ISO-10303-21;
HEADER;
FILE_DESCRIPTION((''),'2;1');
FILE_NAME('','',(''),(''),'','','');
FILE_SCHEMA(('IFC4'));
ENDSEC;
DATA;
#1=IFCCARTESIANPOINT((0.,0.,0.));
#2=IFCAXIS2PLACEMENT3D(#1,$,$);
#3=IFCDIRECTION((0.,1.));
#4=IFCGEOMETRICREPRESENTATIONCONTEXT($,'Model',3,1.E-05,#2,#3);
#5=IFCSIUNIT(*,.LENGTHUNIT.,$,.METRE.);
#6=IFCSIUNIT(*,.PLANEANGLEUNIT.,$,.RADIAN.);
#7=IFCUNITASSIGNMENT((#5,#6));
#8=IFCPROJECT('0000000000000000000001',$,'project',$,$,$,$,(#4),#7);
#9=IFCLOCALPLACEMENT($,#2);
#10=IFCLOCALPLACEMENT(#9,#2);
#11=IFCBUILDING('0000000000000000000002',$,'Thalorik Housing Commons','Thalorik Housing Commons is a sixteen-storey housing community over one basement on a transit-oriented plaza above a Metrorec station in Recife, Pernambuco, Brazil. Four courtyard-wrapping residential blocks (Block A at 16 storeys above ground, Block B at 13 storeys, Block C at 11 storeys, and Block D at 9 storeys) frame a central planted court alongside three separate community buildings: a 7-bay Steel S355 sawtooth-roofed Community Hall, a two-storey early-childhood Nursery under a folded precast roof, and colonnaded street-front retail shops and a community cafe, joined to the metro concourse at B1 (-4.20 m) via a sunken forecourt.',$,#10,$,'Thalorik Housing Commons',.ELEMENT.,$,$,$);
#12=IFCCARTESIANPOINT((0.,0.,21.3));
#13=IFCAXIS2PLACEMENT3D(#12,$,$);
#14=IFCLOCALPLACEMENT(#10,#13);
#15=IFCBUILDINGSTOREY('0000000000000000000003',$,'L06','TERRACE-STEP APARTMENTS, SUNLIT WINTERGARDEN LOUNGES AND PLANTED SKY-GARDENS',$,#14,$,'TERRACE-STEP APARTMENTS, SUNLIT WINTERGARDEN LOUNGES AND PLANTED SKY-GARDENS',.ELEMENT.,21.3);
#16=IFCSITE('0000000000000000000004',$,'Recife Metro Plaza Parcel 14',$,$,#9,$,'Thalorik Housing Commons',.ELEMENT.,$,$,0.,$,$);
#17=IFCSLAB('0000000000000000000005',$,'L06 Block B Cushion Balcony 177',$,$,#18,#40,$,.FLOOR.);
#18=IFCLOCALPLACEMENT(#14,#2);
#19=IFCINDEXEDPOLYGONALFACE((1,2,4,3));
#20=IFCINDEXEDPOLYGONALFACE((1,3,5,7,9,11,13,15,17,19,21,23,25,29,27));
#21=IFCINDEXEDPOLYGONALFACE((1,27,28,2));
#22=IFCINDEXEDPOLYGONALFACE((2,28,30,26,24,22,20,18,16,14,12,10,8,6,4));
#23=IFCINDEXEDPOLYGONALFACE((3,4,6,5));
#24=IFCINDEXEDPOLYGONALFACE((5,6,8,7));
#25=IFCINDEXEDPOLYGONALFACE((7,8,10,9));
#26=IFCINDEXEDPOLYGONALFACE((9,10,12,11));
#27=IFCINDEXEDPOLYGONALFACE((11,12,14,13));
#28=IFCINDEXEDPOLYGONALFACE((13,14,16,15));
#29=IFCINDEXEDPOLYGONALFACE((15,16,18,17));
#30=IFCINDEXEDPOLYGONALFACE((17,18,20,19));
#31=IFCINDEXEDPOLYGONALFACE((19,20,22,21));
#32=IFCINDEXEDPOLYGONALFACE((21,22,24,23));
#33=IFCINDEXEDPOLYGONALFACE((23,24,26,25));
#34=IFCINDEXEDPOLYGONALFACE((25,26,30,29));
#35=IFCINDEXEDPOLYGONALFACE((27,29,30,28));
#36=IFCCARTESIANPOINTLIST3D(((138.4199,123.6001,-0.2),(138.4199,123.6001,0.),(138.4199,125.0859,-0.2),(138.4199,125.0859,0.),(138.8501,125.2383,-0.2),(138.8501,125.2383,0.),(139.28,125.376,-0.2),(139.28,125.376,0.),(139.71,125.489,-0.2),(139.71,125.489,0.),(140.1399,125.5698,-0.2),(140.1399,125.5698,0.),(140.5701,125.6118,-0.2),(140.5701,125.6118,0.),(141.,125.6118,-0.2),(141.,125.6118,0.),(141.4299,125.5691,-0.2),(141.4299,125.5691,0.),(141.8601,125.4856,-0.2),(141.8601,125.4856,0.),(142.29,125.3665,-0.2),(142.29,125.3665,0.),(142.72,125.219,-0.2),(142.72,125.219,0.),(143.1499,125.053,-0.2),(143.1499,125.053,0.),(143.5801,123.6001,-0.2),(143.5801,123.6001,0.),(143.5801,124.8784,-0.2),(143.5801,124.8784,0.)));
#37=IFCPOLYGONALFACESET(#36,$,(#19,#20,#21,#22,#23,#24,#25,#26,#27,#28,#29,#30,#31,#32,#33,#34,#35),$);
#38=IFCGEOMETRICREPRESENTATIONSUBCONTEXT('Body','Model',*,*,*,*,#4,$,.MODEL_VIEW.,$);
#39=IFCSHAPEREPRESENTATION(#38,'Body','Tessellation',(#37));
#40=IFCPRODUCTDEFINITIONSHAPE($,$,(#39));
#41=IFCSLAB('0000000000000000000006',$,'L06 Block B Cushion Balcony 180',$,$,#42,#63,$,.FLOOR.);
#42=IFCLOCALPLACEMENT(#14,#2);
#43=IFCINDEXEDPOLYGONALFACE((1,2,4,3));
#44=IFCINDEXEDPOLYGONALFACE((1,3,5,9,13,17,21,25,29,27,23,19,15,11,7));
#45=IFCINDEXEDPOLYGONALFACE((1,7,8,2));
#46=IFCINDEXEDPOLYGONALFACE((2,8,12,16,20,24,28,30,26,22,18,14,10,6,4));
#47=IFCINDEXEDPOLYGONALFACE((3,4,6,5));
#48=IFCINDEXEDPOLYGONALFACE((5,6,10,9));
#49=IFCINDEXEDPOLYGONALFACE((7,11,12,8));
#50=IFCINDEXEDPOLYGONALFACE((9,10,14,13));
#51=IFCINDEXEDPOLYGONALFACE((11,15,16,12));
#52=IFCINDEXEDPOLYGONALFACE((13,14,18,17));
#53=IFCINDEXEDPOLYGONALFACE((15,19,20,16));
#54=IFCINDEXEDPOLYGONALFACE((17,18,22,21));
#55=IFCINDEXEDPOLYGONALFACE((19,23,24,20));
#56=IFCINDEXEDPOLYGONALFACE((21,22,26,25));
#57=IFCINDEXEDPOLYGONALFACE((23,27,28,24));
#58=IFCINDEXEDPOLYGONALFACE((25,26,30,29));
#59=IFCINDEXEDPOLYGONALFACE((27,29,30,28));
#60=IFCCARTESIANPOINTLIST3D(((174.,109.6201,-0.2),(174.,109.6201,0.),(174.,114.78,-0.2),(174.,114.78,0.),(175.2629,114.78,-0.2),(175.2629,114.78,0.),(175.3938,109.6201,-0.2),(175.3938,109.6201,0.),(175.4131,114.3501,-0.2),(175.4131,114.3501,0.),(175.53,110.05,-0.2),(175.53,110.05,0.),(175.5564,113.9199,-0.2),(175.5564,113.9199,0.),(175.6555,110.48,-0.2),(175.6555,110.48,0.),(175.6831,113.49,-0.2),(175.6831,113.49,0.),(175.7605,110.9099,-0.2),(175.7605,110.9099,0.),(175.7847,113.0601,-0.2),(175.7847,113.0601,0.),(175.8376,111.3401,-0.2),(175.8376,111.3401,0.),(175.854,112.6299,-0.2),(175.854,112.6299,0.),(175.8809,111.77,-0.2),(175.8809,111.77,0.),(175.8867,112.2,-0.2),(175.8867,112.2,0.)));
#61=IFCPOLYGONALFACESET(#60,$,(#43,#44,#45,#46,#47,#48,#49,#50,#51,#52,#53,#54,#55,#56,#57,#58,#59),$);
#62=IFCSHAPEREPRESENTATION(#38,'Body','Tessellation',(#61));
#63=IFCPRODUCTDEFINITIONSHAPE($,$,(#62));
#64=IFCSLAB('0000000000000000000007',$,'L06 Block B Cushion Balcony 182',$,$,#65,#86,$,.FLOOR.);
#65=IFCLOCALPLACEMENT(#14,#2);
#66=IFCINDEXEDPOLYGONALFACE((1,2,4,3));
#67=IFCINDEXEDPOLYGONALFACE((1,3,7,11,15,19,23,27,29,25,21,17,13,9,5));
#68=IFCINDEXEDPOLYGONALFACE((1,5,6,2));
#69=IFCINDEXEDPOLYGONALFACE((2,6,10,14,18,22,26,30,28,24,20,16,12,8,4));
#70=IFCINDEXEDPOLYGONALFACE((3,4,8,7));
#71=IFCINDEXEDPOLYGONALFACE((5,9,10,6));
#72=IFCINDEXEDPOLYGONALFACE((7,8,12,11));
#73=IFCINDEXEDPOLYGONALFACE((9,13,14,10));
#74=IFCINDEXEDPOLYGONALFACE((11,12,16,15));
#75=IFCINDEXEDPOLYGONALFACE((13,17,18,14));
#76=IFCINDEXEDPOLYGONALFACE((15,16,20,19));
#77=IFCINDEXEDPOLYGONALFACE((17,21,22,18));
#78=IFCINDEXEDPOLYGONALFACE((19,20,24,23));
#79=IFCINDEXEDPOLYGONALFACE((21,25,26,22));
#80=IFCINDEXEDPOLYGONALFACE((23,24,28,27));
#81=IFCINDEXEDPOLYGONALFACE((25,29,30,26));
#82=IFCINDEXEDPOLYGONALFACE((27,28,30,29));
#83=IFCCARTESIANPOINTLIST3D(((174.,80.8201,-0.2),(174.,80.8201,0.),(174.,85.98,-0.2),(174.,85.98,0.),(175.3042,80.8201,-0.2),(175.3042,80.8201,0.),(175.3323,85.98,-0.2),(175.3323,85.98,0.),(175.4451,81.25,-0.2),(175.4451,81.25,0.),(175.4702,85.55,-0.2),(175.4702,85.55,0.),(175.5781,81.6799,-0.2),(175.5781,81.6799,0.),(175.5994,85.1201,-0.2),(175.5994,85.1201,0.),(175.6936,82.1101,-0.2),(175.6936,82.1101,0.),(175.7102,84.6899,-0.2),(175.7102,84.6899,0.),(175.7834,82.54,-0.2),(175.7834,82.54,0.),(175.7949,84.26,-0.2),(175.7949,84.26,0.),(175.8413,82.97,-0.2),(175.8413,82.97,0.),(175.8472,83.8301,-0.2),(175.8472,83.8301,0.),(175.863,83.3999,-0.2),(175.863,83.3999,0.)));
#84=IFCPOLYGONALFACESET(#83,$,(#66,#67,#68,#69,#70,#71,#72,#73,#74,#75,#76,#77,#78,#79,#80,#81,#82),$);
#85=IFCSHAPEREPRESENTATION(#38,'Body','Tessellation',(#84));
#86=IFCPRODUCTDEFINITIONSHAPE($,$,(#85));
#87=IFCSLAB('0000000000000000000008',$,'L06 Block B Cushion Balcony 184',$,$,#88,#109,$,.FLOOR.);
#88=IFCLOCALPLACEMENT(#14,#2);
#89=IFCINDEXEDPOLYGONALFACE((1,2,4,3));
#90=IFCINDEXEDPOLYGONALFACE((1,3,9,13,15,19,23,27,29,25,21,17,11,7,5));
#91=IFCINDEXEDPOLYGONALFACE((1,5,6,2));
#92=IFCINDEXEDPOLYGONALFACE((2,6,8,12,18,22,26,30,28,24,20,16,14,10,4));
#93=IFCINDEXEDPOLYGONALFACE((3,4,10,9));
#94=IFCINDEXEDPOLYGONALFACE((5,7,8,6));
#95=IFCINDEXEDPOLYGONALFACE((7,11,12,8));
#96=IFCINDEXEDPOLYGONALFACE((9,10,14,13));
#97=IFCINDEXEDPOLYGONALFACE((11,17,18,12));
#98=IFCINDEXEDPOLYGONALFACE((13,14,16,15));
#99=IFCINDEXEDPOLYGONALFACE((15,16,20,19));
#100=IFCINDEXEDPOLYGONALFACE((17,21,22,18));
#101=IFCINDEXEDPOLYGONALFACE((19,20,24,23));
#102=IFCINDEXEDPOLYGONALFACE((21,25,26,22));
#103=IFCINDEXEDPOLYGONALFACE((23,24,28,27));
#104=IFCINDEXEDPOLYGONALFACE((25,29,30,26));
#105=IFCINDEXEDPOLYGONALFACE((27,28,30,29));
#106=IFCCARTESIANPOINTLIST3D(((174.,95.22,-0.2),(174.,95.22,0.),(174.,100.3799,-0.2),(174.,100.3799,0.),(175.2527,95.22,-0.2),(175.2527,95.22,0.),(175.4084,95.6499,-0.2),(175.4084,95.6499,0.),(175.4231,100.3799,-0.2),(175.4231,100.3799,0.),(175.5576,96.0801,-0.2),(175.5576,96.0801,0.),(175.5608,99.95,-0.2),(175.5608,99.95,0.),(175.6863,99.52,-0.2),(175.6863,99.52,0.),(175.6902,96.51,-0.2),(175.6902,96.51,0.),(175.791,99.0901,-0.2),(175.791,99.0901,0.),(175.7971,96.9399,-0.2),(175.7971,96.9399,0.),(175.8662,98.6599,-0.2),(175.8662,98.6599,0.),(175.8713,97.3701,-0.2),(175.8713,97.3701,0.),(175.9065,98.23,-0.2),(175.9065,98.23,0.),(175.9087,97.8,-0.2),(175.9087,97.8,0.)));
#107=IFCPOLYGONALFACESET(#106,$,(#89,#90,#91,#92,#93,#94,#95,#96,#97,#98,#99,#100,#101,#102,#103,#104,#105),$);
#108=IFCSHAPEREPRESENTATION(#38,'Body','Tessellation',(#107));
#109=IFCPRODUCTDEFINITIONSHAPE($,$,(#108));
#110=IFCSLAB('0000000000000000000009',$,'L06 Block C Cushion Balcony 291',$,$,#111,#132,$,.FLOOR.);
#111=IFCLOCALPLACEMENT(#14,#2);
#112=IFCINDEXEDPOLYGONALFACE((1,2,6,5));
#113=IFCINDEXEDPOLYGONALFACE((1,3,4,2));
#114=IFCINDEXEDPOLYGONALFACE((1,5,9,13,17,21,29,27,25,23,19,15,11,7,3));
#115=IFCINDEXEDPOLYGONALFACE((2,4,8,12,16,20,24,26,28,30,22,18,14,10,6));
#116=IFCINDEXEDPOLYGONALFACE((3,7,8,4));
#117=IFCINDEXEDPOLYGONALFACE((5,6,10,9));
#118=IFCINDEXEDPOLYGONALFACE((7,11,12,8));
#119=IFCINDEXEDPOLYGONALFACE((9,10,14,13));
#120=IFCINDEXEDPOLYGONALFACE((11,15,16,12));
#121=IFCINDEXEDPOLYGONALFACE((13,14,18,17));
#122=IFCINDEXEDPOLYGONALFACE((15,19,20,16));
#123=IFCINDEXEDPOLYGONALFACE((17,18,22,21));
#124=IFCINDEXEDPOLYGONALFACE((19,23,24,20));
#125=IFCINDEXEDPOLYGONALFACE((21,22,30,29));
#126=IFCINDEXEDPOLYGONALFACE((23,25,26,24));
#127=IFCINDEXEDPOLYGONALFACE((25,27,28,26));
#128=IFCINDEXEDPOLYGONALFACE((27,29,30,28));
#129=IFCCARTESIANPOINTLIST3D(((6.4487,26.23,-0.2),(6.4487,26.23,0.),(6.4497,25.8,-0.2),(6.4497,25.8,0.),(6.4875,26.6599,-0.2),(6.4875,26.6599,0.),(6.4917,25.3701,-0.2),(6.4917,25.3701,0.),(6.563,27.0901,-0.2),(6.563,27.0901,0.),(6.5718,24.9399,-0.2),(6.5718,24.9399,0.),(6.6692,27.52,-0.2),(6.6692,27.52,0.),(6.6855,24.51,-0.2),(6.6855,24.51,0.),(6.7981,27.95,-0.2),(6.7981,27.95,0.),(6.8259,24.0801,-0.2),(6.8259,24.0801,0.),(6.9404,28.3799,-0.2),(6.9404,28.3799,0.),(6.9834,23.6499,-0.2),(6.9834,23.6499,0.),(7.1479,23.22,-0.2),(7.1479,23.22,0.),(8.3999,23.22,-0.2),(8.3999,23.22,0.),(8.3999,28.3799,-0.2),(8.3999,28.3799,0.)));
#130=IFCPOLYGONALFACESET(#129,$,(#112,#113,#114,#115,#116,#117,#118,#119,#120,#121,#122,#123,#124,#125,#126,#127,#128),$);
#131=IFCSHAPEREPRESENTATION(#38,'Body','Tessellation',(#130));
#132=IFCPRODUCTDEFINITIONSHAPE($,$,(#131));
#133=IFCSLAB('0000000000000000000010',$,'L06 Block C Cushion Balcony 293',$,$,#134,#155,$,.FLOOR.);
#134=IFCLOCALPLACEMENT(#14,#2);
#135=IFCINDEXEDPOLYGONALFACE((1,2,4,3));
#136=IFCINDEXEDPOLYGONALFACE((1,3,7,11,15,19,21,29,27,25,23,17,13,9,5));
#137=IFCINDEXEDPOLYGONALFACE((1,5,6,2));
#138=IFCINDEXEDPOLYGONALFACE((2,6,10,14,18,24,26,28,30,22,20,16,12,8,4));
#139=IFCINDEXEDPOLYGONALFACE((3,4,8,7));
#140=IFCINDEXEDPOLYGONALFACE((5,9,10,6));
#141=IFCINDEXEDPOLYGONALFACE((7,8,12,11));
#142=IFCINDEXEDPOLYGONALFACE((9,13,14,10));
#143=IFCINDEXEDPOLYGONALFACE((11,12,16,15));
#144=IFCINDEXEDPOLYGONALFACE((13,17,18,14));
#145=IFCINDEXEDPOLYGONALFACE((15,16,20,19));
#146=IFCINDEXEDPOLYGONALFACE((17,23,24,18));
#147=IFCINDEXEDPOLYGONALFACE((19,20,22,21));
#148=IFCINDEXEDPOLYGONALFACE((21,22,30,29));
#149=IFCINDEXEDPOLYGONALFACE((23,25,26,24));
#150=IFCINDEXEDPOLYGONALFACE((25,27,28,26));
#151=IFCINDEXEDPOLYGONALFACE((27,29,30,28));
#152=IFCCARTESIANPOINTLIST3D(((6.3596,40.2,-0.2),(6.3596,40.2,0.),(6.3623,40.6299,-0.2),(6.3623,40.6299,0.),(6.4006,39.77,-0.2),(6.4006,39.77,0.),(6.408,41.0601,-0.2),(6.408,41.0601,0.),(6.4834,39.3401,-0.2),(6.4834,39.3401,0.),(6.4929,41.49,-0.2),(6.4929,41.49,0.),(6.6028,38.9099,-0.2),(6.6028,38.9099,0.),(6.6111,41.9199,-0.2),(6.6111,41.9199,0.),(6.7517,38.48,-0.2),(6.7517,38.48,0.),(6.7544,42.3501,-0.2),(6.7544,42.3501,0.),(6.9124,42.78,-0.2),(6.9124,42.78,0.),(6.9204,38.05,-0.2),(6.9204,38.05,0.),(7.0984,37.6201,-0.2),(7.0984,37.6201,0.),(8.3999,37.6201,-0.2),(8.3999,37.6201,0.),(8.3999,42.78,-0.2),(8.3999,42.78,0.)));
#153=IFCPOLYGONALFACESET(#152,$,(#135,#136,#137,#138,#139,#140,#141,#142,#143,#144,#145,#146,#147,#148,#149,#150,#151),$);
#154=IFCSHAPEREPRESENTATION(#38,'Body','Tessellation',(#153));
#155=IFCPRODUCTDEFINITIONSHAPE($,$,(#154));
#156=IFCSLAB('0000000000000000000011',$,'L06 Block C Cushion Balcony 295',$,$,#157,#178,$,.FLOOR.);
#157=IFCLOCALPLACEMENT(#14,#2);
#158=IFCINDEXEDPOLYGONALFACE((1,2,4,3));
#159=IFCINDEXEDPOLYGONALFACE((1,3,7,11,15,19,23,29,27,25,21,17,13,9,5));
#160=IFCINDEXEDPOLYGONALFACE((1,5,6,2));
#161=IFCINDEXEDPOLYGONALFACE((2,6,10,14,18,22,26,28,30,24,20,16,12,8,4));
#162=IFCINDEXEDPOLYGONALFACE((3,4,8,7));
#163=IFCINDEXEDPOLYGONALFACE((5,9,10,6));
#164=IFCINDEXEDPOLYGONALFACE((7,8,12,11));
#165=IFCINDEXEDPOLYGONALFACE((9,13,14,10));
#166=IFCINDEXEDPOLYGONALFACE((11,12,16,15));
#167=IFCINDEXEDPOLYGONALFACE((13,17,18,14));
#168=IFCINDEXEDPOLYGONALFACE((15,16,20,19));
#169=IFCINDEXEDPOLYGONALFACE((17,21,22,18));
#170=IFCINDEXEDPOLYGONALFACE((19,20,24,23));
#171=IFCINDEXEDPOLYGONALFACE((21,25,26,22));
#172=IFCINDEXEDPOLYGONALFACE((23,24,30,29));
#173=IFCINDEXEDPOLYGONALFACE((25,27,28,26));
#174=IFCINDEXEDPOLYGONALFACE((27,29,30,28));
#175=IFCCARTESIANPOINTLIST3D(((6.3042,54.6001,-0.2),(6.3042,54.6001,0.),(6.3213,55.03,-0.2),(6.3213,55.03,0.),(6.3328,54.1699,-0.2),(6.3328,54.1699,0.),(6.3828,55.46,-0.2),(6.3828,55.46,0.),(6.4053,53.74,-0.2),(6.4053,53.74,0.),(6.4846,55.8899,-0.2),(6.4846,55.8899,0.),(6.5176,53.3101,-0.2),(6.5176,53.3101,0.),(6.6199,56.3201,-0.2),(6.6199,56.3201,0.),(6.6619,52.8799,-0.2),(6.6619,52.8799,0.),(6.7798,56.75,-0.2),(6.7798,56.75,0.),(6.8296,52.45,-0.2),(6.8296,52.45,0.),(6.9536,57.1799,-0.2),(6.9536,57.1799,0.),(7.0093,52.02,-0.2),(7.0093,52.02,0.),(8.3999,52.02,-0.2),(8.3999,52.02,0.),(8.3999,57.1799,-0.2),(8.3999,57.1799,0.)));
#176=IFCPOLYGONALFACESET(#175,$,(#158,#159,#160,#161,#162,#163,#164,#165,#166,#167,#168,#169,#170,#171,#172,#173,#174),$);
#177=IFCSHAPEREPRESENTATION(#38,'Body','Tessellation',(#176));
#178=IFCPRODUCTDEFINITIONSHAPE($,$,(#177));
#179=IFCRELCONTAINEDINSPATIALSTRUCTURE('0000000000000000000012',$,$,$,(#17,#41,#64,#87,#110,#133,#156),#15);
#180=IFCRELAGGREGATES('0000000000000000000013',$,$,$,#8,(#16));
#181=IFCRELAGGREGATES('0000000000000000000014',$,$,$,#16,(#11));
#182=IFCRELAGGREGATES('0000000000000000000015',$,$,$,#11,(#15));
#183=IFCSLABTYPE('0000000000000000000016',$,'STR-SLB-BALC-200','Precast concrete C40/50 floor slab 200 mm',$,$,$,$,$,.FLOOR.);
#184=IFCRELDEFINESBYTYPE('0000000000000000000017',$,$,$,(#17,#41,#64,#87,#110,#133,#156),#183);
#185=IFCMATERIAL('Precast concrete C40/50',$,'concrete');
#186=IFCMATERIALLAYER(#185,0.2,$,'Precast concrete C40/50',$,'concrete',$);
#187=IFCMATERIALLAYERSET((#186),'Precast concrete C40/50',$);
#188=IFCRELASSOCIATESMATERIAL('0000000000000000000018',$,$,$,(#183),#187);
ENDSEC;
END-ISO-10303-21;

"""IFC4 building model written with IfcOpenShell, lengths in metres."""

from ifc_helpers import new_model, si_unit, direction, frame, origin, place, context, subcontext, project, spatial, polyline, outline, extrude, material, layer, layer_set, type_object, element, save


model = new_model("IFC4")

# Units and contexts
model_context = context("Model", 3, precision=1e-05, world=origin(), true_north=direction((0.0, 1.0)))
body_context = subcontext(model_context, "Body", "Model", "MODEL_VIEW")
ifc_project = project(units=[si_unit("LENGTHUNIT", "METRE"), si_unit("PLANEANGLEUNIT", "RADIAN")], contexts=[model_context])

# Site, building, storey
site_placement = place(None, origin())
site = spatial("IfcSite", under=ifc_project, at=site_placement, Name="Recife Metro Plaza Parcel 14", LongName="Thalorik Housing Commons", CompositionType="ELEMENT", RefElevation=0.0)
building_placement = place(site_placement, origin())
building = spatial("IfcBuilding", under=site, at=building_placement, Name="Thalorik Housing Commons", Description="Thalorik Housing Commons is a sixteen-storey housing community over one basement on a transit-oriented plaza above a Metrorec station in Recife, Pernambuco, Brazil. Four courtyard-wrapping residential blocks (Block A at 16 storeys above ground, Block B at 13 storeys, Block C at 11 storeys, and Block D at 9 storeys) frame a central planted court alongside three separate community buildings: a 7-bay Steel S355 sawtooth-roofed Community Hall, a two-storey early-childhood Nursery under a folded precast roof, and colonnaded street-front retail shops and a community cafe, joined to the metro concourse at B1 (-4.20 m) via a sunken forecourt.", LongName="Thalorik Housing Commons", CompositionType="ELEMENT")
storey_placement = place(building_placement, frame((0.0, 0.0, 21.3)))
storey = spatial("IfcBuildingStorey", under=building, at=storey_placement, Name="L06", Description="TERRACE-STEP APARTMENTS, SUNLIT WINTERGARDEN LOUNGES AND PLANTED SKY-GARDENS", LongName="TERRACE-STEP APARTMENTS, SUNLIT WINTERGARDEN LOUNGES AND PLANTED SKY-GARDENS", CompositionType="ELEMENT", Elevation=21.3)

# Slabs
ifc_material_1 = material(Name="Precast concrete C40/50", Category="concrete")
ifc_layer_1 = layer(ifc_material_1, 0.2, Name="Precast concrete C40/50", Category="concrete")
ifc_layer_set_1 = layer_set([ifc_layer_1], Name="Precast concrete C40/50")
slab_type_1 = type_object("IfcSlabType", Name="STR-SLB-BALC-200", Description="Precast concrete C40/50 floor slab 200 mm", PredefinedType="FLOOR", material=ifc_layer_set_1)
slab_1_placement = place(storey_placement, frame((0.0, 0.0, -0.2)))
element("IfcSlab", 1, at=slab_1_placement, inside=storey, type_object=slab_type_1, Name="L06 Block B Cushion Balcony 177", PredefinedType="FLOOR", context=body_context, shape_type="SweptSolid", body=[
    extrude(outline(polyline([(138.4199, 123.6001), (143.5801, 123.6001), (143.5801, 124.8784), (143.1499, 125.053), (142.72, 125.219), (142.29, 125.3665), (141.8601, 125.4856), (141.4299, 125.5691), (141.0, 125.6118), (140.5701, 125.6118), (140.1399, 125.5698), (139.71, 125.489), (139.28, 125.376), (138.8501, 125.2383), (138.4199, 125.0859), (138.4199, 123.6001)])), origin(), (0.0, 0.0, 1.0), 0.2),
])
slab_2_placement = place(storey_placement, frame((0.0, 0.0, -0.2)))
element("IfcSlab", 2, at=slab_2_placement, inside=storey, type_object=slab_type_1, Name="L06 Block B Cushion Balcony 180", PredefinedType="FLOOR", context=body_context, shape_type="SweptSolid", body=[
    extrude(outline(polyline([(175.3938, 109.6201), (175.53, 110.05), (175.6555, 110.48), (175.7605, 110.9099), (175.8376, 111.3401), (175.8809, 111.77), (175.8867, 112.2), (175.854, 112.6299), (175.7847, 113.0601), (175.6831, 113.49), (175.5564, 113.9199), (175.4131, 114.3501), (175.2629, 114.78), (174.0, 114.78), (174.0, 109.6201), (175.3938, 109.6201)])), origin(), (0.0, 0.0, 1.0), 0.2),
])
slab_3_placement = place(storey_placement, frame((0.0, 0.0, -0.2)))
element("IfcSlab", 3, at=slab_3_placement, inside=storey, type_object=slab_type_1, Name="L06 Block B Cushion Balcony 182", PredefinedType="FLOOR", context=body_context, shape_type="SweptSolid", body=[
    extrude(outline(polyline([(175.3042, 80.8201), (175.4451, 81.25), (175.5781, 81.6799), (175.6936, 82.1101), (175.7834, 82.54), (175.8413, 82.97), (175.863, 83.3999), (175.8472, 83.8301), (175.7949, 84.26), (175.7102, 84.6899), (175.5994, 85.1201), (175.4702, 85.55), (175.3323, 85.98), (174.0, 85.98), (174.0, 80.8201), (175.3042, 80.8201)])), origin(), (0.0, 0.0, 1.0), 0.2),
])
slab_4_placement = place(storey_placement, frame((0.0, 0.0, -0.2)))
element("IfcSlab", 4, at=slab_4_placement, inside=storey, type_object=slab_type_1, Name="L06 Block B Cushion Balcony 184", PredefinedType="FLOOR", context=body_context, shape_type="SweptSolid", body=[
    extrude(outline(polyline([(175.2527, 95.22), (175.4084, 95.6499), (175.5576, 96.0801), (175.6902, 96.51), (175.7971, 96.9399), (175.8713, 97.3701), (175.9087, 97.8), (175.9065, 98.23), (175.8662, 98.6599), (175.791, 99.0901), (175.6863, 99.52), (175.5608, 99.95), (175.4231, 100.3799), (174.0, 100.3799), (174.0, 95.22), (175.2527, 95.22)])), origin(), (0.0, 0.0, 1.0), 0.2),
])
slab_5_placement = place(storey_placement, frame((0.0, 0.0, -0.2)))
element("IfcSlab", 5, at=slab_5_placement, inside=storey, type_object=slab_type_1, Name="L06 Block C Cushion Balcony 291", PredefinedType="FLOOR", context=body_context, shape_type="SweptSolid", body=[
    extrude(outline(polyline([(8.3999, 23.22), (8.3999, 28.3799), (6.9404, 28.3799), (6.7981, 27.95), (6.6692, 27.52), (6.563, 27.0901), (6.4875, 26.6599), (6.4487, 26.23), (6.4497, 25.8), (6.4917, 25.3701), (6.5718, 24.9399), (6.6855, 24.51), (6.8259, 24.0801), (6.9834, 23.6499), (7.1479, 23.22), (8.3999, 23.22)])), origin(), (0.0, 0.0, 1.0), 0.2),
])
slab_6_placement = place(storey_placement, frame((0.0, 0.0, -0.2)))
element("IfcSlab", 6, at=slab_6_placement, inside=storey, type_object=slab_type_1, Name="L06 Block C Cushion Balcony 293", PredefinedType="FLOOR", context=body_context, shape_type="SweptSolid", body=[
    extrude(outline(polyline([(8.3999, 37.6201), (8.3999, 42.78), (6.9124, 42.78), (6.7544, 42.3501), (6.6111, 41.9199), (6.4929, 41.49), (6.408, 41.0601), (6.3623, 40.6299), (6.3596, 40.2), (6.4006, 39.77), (6.4834, 39.3401), (6.6028, 38.9099), (6.7517, 38.48), (6.9204, 38.05), (7.0984, 37.6201), (8.3999, 37.6201)])), origin(), (0.0, 0.0, 1.0), 0.2),
])
slab_7_placement = place(storey_placement, frame((0.0, 0.0, -0.2)))
element("IfcSlab", 7, at=slab_7_placement, inside=storey, type_object=slab_type_1, Name="L06 Block C Cushion Balcony 295", PredefinedType="FLOOR", context=body_context, shape_type="SweptSolid", body=[
    extrude(outline(polyline([(8.3999, 52.02), (8.3999, 57.1799), (6.9536, 57.1799), (6.7798, 56.75), (6.6199, 56.3201), (6.4846, 55.8899), (6.3828, 55.46), (6.3213, 55.03), (6.3042, 54.6001), (6.3328, 54.1699), (6.4053, 53.74), (6.5176, 53.3101), (6.6619, 52.8799), (6.8296, 52.45), (7.0093, 52.02), (8.3999, 52.02)])), origin(), (0.0, 0.0, 1.0), 0.2),
])

save(model, "model.ifc")
